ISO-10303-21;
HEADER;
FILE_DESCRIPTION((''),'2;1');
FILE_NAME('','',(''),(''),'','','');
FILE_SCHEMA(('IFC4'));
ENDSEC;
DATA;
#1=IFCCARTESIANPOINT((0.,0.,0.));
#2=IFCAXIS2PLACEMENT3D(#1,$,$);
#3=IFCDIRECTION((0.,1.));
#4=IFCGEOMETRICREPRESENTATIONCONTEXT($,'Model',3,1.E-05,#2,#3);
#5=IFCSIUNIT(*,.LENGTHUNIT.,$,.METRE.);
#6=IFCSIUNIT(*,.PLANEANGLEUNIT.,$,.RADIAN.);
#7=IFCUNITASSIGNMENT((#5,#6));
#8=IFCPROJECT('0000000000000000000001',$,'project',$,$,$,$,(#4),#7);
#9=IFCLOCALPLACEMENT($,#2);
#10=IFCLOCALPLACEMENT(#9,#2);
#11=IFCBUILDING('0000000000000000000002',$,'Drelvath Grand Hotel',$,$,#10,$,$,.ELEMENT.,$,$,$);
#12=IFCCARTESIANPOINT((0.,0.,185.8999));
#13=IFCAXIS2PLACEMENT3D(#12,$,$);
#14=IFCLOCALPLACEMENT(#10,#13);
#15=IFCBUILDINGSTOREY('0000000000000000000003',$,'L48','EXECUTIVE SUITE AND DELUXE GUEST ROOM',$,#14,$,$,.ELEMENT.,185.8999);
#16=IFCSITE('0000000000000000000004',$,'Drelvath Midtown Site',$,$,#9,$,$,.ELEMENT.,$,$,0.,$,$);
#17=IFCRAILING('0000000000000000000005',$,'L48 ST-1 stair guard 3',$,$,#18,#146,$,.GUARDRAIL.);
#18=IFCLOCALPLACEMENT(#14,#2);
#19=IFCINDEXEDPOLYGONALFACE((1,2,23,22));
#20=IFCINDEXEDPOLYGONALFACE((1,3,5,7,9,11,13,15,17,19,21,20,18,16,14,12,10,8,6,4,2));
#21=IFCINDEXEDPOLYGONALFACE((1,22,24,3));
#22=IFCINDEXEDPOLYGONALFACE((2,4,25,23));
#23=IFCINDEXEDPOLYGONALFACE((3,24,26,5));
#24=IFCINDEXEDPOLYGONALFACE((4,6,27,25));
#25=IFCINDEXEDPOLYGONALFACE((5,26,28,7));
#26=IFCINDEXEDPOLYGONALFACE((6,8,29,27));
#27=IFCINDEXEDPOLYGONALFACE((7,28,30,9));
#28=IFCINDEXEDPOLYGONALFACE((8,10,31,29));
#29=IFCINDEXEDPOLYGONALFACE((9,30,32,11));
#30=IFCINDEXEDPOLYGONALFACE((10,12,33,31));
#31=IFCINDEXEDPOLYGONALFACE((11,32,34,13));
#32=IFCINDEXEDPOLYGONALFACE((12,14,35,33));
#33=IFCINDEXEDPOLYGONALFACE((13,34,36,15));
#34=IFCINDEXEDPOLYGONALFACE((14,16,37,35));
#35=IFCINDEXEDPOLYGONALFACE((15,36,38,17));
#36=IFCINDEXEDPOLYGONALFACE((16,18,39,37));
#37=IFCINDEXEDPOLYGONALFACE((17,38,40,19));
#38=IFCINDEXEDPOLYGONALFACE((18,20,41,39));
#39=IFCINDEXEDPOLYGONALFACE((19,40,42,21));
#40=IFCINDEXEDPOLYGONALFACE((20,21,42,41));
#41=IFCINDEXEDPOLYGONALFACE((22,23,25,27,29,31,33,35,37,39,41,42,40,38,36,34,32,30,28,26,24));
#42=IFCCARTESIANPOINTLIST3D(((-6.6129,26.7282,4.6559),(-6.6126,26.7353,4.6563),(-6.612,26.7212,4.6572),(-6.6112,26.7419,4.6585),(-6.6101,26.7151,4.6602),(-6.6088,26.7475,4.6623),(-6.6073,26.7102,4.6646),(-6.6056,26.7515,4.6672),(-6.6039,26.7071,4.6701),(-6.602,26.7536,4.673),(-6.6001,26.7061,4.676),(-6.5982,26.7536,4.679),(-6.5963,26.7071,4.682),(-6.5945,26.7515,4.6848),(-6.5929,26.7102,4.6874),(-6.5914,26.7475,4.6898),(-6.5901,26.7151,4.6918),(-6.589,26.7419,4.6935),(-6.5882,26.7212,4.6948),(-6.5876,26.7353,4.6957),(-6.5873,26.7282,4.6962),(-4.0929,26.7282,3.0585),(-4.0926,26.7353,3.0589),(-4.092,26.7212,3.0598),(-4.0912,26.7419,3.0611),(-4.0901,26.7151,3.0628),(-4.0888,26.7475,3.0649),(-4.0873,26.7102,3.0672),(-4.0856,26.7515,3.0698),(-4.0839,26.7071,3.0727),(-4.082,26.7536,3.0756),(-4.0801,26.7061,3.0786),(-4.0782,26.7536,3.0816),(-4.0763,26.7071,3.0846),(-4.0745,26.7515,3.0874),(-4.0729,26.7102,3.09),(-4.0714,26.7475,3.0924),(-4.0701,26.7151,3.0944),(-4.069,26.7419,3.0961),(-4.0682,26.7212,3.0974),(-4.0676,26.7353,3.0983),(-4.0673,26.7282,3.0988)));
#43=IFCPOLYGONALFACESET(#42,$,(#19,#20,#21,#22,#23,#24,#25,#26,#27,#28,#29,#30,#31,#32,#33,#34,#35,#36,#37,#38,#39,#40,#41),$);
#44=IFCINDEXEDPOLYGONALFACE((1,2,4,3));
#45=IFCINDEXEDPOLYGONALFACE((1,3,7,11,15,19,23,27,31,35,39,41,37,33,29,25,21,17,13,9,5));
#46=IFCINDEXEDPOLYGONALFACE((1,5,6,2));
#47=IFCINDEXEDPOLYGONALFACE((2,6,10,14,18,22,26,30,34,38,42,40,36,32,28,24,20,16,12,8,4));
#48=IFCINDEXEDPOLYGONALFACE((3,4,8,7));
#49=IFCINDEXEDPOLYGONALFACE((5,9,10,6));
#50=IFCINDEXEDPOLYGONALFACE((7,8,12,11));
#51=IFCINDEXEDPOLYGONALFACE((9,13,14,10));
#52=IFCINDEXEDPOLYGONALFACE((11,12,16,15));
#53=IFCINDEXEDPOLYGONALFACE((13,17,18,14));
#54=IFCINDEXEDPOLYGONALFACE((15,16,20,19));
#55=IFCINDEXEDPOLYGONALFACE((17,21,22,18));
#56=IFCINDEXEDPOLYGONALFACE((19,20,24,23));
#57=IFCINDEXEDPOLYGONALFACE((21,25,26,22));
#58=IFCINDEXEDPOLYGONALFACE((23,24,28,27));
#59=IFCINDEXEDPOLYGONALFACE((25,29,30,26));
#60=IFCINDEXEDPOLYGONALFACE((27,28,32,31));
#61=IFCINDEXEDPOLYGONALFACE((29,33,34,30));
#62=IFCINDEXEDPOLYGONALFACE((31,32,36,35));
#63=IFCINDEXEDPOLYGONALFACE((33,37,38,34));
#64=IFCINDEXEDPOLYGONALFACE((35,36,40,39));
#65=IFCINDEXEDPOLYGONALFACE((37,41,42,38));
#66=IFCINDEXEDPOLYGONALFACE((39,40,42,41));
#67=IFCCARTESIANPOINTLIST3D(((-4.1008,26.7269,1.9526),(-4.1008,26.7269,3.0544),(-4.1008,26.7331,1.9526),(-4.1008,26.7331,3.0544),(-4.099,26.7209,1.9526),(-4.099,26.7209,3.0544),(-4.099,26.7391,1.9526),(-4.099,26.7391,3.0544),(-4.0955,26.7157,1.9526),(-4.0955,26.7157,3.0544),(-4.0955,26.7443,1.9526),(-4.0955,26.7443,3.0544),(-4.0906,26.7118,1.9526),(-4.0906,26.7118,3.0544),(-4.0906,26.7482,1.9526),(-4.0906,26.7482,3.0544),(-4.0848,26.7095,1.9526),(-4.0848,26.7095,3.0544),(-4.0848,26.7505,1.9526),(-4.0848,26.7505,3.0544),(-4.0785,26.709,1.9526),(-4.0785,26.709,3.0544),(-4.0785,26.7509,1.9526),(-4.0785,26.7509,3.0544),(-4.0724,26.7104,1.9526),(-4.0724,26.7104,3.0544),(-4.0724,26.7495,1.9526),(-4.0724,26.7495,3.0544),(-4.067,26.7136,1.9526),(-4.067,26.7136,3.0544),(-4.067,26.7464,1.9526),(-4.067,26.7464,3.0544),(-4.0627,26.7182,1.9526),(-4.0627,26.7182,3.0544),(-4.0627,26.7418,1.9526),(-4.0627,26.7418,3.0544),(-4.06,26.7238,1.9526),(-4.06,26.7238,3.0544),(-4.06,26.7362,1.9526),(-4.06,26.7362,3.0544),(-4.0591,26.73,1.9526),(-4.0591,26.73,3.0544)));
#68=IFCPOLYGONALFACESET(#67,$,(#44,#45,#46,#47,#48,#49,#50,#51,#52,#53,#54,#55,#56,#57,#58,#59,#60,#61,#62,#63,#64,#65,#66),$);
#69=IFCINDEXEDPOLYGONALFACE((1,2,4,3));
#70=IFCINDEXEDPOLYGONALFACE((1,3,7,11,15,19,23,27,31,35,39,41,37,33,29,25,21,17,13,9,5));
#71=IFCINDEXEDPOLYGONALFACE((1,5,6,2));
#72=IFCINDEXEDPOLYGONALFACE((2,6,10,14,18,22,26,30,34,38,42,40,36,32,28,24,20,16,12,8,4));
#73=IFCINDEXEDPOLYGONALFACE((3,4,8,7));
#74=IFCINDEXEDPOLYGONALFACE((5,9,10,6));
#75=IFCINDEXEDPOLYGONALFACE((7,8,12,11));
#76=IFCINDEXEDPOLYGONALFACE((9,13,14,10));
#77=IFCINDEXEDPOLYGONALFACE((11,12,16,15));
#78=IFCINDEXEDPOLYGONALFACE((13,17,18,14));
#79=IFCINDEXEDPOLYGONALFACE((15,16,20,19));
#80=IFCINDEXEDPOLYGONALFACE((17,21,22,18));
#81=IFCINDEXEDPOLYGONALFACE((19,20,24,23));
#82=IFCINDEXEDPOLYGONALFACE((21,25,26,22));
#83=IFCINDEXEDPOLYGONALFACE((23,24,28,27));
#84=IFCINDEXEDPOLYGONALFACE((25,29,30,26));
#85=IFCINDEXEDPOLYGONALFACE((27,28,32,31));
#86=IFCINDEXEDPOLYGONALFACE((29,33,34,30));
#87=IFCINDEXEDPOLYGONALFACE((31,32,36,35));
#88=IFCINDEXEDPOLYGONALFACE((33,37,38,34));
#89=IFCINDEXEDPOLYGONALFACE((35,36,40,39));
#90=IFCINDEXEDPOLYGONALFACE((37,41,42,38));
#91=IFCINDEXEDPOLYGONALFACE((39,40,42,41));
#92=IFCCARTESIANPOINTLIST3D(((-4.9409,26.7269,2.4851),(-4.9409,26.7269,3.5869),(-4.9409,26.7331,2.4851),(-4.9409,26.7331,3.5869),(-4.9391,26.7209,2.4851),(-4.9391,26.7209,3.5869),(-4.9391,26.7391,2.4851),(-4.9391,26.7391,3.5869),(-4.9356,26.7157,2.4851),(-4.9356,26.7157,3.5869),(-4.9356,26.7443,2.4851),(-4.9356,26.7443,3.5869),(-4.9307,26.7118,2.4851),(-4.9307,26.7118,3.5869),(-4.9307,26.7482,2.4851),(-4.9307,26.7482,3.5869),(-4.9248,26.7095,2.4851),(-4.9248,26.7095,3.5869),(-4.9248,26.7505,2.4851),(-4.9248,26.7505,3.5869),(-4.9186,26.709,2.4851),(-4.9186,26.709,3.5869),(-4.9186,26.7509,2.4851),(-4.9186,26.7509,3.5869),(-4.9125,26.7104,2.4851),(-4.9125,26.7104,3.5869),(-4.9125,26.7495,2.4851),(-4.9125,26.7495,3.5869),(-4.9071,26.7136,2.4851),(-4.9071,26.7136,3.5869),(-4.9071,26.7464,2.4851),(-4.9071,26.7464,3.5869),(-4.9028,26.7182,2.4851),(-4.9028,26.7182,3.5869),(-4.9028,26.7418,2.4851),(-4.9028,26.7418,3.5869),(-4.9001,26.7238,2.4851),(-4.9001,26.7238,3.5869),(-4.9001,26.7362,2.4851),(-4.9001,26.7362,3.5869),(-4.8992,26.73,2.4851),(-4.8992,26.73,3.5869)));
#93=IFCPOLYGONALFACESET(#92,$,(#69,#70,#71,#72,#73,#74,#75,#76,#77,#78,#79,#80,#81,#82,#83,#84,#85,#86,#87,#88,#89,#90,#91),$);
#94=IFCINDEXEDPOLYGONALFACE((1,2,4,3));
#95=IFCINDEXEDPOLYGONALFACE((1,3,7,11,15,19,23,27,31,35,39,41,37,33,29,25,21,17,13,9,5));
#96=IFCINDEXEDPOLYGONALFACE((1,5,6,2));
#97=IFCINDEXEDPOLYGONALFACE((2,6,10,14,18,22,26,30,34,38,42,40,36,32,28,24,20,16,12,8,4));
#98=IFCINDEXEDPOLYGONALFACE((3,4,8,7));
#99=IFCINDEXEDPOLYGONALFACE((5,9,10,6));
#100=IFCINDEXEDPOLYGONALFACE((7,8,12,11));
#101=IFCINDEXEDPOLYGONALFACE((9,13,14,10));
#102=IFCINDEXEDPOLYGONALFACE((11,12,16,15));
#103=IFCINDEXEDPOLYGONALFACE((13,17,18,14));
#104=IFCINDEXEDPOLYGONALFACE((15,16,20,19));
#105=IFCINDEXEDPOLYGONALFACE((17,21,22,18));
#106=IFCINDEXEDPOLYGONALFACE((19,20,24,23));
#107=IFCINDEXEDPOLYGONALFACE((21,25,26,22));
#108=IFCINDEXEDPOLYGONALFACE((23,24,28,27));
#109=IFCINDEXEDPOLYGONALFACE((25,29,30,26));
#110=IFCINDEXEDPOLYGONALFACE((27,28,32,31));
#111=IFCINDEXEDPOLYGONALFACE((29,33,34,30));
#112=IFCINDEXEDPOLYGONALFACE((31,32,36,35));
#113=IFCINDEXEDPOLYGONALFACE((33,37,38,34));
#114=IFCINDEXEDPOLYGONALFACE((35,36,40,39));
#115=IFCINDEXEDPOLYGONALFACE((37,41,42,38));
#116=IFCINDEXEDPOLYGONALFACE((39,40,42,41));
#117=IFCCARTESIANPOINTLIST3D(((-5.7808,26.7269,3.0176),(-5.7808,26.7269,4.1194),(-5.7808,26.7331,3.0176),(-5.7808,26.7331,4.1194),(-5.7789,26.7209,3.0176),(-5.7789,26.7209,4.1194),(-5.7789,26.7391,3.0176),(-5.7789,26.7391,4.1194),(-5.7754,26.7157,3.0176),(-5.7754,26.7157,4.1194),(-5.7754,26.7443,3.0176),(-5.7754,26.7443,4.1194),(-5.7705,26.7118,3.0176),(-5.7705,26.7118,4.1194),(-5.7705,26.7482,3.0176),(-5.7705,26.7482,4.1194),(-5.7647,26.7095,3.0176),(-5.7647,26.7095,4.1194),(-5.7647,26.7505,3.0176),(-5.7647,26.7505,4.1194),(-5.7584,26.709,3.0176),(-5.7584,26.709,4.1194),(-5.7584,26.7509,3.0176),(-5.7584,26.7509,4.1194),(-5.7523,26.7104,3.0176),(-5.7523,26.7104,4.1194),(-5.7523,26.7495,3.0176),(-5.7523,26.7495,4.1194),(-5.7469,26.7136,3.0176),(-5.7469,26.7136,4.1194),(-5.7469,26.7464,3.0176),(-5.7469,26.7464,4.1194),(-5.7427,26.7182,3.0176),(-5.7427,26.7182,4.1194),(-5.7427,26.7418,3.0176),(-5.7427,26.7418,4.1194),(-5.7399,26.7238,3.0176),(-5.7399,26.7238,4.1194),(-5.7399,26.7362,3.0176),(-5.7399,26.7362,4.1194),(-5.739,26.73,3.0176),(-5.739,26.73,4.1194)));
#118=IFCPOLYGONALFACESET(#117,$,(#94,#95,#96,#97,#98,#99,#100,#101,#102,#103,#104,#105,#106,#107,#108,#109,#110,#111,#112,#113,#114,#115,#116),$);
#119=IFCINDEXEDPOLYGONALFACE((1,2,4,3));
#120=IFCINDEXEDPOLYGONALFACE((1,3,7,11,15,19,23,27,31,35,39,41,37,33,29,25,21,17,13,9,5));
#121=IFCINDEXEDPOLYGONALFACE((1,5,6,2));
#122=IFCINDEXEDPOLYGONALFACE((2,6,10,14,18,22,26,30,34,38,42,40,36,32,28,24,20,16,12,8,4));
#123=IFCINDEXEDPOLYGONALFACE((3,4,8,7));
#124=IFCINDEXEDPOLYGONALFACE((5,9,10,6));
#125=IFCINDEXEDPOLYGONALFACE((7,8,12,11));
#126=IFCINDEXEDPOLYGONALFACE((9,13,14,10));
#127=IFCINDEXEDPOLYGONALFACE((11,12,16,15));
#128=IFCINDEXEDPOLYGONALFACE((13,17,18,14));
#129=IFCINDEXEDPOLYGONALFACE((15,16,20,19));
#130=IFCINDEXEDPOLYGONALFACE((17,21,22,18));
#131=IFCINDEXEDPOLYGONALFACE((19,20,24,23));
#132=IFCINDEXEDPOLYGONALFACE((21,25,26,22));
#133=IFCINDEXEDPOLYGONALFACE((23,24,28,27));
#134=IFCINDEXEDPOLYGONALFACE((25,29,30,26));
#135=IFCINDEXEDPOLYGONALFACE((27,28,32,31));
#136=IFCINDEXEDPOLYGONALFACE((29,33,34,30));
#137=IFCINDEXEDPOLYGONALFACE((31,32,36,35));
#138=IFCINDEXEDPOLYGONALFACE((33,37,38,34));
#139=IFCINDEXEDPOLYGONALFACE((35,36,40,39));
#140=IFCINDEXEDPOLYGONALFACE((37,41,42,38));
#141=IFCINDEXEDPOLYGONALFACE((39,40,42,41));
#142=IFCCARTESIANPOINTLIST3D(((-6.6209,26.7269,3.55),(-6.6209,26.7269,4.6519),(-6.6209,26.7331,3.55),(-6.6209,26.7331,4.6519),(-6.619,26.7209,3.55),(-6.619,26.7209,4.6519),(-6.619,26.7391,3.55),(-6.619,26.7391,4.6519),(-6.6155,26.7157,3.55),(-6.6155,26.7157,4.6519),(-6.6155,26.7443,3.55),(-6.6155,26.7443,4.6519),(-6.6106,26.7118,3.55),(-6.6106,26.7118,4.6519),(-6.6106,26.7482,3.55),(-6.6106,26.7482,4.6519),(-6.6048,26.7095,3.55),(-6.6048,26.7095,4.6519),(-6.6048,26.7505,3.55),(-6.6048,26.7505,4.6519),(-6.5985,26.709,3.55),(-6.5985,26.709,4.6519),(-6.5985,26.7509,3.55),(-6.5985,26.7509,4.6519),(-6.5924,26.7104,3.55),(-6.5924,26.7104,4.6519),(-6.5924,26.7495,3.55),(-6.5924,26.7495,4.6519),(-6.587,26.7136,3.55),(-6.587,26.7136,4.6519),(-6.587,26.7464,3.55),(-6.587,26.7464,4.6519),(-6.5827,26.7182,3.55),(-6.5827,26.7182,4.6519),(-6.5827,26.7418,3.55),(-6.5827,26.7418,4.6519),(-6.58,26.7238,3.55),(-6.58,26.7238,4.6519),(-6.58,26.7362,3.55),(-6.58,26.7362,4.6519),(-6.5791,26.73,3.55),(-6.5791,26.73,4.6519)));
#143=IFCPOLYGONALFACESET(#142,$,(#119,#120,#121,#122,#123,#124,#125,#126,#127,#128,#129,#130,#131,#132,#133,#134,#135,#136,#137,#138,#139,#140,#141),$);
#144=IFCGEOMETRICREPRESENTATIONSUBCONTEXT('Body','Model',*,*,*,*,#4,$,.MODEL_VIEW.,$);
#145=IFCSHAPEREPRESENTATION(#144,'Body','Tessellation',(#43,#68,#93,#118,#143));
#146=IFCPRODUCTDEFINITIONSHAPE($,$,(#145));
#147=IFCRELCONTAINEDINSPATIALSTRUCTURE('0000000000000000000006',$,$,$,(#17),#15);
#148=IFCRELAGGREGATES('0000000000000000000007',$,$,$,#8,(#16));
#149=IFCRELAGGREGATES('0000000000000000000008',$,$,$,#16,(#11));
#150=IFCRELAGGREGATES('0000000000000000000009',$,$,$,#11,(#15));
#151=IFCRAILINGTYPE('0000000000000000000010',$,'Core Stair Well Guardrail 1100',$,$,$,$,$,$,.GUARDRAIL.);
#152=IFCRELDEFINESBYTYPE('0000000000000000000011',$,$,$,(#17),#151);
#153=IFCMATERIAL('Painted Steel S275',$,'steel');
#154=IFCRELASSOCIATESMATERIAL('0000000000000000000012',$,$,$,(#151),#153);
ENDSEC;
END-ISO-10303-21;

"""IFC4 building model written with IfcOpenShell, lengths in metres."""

from ifc_helpers import new_model, si_unit, direction, frame, origin, origin_2d, place, context, subcontext, project, spatial, circle, extrude, material, type_object, element, save


model = new_model("IFC4")

# Units and contexts
model_context = context("Model", 3, precision=1e-05, world=origin(), true_north=direction((0.0, 1.0)))
body_context = subcontext(model_context, "Body", "Model", "MODEL_VIEW")
ifc_project = project(units=[si_unit("LENGTHUNIT", "METRE"), si_unit("PLANEANGLEUNIT", "RADIAN")], contexts=[model_context])

# Site, building, storey
site_placement = place(None, origin())
site = spatial("IfcSite", under=ifc_project, at=site_placement, Name="Drelvath Midtown Site", CompositionType="ELEMENT", RefElevation=0.0)
building_placement = place(site_placement, origin())
building = spatial("IfcBuilding", under=site, at=building_placement, Name="Drelvath Grand Hotel", CompositionType="ELEMENT")
storey_placement = place(building_placement, frame((0.0, 0.0, 185.8999)))
storey = spatial("IfcBuildingStorey", under=building, at=storey_placement, Name="L48", Description="EXECUTIVE SUITE AND DELUXE GUEST ROOM", CompositionType="ELEMENT", Elevation=185.8999)

# Shared definitions
ifc_material_1 = material(Name="Painted Steel S275", Category="steel")

# Railing
railing_type_1 = type_object("IfcRailingType", Name="Core Stair Well Guardrail 1100", PredefinedType="GUARDRAIL", material=ifc_material_1)
railing_1_placement = place(storey_placement, frame((-4.0801, 26.73, 1.9526)))
element("IfcRailing", 1, at=railing_1_placement, inside=storey, type_object=railing_type_1, Name="L48 ST-1 stair guard 3", PredefinedType="GUARDRAIL", context=body_context, shape_type="SweptSolid", body=[
    extrude(circle(Radius=0.0239, at=origin_2d()), frame((0.0, 0.0, 1.126), z_axis=(-0.844607, 0.0, 0.535387), x_axis=(0.0, -1.0, 0.0)), (0.0, 0.0, 1.0), 2.9836),
    extrude(circle(Radius=0.021, at=origin_2d()), origin(), (0.0, 0.0, 1.0), 1.1018),
    extrude(circle(Radius=0.021, at=origin_2d()), frame((-0.8401, 0.0, 0.5325)), (0.0, 0.0, 1.0), 1.1018),
    extrude(circle(Radius=0.021, at=origin_2d()), frame((-1.6799, 0.0, 1.0649)), (0.0, 0.0, 1.0), 1.1018),
    extrude(circle(Radius=0.021, at=origin_2d()), frame((-2.52, 0.0, 1.5974)), (0.0, 0.0, 1.0), 1.1018),
])

save(model, "model.ifc")
